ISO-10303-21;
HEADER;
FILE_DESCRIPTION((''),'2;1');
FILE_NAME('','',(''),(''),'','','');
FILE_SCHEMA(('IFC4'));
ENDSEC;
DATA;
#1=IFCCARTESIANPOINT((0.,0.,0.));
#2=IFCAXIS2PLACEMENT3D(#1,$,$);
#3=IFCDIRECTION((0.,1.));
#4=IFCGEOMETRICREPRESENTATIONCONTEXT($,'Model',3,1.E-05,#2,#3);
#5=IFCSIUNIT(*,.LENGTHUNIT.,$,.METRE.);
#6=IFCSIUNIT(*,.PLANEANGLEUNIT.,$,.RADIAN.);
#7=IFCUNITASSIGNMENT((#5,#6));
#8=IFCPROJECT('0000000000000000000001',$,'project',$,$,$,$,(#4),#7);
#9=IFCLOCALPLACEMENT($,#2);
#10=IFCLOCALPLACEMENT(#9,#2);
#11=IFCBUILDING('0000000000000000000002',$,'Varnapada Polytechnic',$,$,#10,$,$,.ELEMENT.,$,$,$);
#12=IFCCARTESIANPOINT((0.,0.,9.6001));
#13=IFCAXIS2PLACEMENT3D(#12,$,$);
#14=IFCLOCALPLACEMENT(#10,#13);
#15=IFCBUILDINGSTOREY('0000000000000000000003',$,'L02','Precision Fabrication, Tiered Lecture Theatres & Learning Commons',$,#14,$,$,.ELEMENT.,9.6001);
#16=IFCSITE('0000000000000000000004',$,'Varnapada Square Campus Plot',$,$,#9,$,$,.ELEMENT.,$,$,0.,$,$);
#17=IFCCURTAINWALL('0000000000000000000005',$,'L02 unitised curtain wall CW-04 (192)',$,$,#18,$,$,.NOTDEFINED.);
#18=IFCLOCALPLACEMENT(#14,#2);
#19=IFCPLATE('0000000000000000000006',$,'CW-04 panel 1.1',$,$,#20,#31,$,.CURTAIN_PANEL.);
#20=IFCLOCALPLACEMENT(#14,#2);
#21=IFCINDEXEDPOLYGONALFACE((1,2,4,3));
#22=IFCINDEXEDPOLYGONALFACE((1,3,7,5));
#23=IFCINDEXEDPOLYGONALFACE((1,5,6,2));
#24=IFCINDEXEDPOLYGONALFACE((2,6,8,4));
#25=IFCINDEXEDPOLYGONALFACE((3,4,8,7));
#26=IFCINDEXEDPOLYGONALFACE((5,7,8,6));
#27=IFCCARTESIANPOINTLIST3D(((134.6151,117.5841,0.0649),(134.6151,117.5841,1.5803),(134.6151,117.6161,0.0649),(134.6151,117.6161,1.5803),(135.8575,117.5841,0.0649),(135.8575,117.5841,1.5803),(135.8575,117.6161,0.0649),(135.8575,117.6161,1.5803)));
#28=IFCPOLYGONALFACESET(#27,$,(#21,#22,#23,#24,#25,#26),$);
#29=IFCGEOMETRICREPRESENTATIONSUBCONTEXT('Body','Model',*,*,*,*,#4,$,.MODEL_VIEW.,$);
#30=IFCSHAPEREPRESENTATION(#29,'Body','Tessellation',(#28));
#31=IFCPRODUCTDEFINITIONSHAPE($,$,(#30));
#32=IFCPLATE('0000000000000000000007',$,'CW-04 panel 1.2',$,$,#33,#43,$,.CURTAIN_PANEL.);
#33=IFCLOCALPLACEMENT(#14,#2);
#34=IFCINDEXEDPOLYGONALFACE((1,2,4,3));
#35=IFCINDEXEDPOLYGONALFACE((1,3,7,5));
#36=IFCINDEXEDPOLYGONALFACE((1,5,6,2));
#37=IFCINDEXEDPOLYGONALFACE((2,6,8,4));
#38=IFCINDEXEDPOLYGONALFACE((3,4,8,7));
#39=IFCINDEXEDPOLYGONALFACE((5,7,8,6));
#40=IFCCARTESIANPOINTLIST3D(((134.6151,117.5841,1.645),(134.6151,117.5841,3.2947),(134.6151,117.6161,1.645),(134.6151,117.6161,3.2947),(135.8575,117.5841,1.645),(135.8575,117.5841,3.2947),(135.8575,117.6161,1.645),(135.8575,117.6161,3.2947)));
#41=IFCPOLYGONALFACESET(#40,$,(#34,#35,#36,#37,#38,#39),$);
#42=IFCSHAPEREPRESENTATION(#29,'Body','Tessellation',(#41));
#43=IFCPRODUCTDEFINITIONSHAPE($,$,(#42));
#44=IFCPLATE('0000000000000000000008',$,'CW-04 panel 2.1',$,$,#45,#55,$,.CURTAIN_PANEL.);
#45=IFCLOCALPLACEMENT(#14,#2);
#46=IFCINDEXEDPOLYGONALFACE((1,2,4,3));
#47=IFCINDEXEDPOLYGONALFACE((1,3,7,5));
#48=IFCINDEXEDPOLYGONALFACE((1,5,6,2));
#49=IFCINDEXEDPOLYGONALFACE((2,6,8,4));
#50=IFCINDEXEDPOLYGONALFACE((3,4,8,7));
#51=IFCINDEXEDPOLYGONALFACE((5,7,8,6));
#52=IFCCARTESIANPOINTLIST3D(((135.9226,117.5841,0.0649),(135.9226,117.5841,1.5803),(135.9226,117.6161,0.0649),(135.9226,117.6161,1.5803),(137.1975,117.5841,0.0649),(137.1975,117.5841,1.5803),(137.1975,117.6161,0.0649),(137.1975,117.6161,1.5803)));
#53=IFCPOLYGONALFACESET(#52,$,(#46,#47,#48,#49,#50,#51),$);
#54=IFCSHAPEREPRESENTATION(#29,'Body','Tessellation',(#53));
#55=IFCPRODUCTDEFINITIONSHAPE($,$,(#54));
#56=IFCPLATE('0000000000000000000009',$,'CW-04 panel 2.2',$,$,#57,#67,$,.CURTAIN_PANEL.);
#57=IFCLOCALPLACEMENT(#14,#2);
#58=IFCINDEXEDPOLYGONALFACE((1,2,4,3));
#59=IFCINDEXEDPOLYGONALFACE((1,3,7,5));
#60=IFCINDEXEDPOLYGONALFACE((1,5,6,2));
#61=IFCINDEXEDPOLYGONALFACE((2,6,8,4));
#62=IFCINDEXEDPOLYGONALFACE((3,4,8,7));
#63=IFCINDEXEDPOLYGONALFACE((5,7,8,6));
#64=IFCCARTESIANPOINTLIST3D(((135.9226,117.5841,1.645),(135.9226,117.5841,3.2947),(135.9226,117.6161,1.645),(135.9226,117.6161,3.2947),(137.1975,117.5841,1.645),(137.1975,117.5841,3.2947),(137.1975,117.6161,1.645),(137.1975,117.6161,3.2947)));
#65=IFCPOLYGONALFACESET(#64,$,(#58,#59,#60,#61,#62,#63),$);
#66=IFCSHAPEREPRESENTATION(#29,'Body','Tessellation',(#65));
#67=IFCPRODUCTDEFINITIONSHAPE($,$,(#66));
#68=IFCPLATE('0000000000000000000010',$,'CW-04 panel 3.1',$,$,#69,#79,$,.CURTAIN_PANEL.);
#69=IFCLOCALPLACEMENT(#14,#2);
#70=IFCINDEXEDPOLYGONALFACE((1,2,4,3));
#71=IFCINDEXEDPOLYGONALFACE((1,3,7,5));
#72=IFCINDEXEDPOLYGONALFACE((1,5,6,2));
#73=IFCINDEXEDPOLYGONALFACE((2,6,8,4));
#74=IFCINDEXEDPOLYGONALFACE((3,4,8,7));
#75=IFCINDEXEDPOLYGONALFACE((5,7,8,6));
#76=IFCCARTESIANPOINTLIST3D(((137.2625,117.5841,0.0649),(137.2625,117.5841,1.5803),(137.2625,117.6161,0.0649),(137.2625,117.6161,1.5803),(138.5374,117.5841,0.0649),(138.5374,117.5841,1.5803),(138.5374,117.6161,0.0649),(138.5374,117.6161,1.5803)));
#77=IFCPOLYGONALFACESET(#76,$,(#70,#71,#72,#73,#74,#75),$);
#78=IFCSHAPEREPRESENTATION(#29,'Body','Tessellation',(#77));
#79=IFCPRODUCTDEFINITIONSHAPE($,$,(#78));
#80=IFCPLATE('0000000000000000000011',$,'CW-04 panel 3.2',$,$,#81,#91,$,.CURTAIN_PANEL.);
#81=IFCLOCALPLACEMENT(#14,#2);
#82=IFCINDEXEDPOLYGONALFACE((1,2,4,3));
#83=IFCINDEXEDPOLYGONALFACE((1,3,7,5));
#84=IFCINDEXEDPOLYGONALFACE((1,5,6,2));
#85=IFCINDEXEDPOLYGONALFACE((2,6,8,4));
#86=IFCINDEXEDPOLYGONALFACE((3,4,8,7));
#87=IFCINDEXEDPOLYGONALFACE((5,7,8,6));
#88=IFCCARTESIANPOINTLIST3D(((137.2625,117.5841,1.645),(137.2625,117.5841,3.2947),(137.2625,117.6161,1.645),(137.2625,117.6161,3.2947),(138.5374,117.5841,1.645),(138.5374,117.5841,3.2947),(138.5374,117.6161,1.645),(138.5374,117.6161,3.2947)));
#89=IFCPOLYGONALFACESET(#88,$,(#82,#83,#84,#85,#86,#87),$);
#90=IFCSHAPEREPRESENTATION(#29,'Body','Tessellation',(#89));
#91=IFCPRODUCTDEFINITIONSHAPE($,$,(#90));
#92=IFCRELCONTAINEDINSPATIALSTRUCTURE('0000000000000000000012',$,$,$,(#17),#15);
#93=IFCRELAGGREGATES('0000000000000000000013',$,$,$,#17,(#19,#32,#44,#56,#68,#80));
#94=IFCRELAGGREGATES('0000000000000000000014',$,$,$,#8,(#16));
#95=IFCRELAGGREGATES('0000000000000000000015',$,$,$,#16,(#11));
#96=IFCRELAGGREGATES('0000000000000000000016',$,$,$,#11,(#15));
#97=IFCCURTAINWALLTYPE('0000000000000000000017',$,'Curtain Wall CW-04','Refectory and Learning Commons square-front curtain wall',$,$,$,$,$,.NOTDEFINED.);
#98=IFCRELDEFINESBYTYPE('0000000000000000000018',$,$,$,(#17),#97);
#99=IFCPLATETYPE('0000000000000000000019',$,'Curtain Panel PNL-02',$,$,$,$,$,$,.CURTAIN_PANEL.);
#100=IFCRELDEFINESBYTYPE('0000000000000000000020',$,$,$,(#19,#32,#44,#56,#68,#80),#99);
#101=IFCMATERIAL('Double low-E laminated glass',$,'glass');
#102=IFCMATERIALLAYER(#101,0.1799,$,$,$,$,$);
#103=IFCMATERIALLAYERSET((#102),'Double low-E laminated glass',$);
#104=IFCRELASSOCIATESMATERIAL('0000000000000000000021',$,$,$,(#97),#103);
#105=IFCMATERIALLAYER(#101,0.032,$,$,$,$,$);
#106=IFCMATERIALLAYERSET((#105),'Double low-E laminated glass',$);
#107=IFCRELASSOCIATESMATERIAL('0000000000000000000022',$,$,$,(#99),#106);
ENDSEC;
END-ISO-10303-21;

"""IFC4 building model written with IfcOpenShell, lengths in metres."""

from ifc_helpers import new_model, si_unit, direction, frame, origin, origin_2d, place, context, subcontext, project, spatial, rectangle, extrude, material, layer, layer_set, type_object, element, aggregate, save


model = new_model("IFC4")

# Units and contexts
model_context = context("Model", 3, precision=1e-05, world=origin(), true_north=direction((0.0, 1.0)))
body_context = subcontext(model_context, "Body", "Model", "MODEL_VIEW")
ifc_project = project(units=[si_unit("LENGTHUNIT", "METRE"), si_unit("PLANEANGLEUNIT", "RADIAN")], contexts=[model_context])

# Site, building, storey
site_placement = place(None, origin())
site = spatial("IfcSite", under=ifc_project, at=site_placement, Name="Varnapada Square Campus Plot", CompositionType="ELEMENT", RefElevation=0.0)
building_placement = place(site_placement, origin())
building = spatial("IfcBuilding", under=site, at=building_placement, Name="Varnapada Polytechnic", CompositionType="ELEMENT")
storey_placement = place(building_placement, frame((0.0, 0.0, 9.6001)))
storey = spatial("IfcBuildingStorey", under=building, at=storey_placement, Name="L02", Description="Precision Fabrication, Tiered Lecture Theatres & Learning Commons", CompositionType="ELEMENT", Elevation=9.6001)

# Curtain wall, plates
ifc_material_1 = material(Name="Double low-E laminated glass", Category="glass")
ifc_layer_1 = layer(ifc_material_1, 0.1799)
ifc_layer_set_1 = layer_set([ifc_layer_1], Name="Double low-E laminated glass")
curtain_wall_type = type_object("IfcCurtainWallType", Name="Curtain Wall CW-04", Description="Refectory and Learning Commons square-front curtain wall", PredefinedType="NOTDEFINED", material=ifc_layer_set_1)
curtain_wall_placement = place(storey_placement, origin())
curtain_wall = element("IfcCurtainWall", 1, at=curtain_wall_placement, inside=storey, type_object=curtain_wall_type, Name="L02 unitised curtain wall CW-04 (192)", PredefinedType="NOTDEFINED")
ifc_layer_2 = layer(ifc_material_1, 0.032)
ifc_layer_set_2 = layer_set([ifc_layer_2], Name="Double low-E laminated glass")
plate_type = type_object("IfcPlateType", Name="Curtain Panel PNL-02", PredefinedType="CURTAIN_PANEL", material=ifc_layer_set_2)
plate_1_placement = place(storey_placement, frame((135.2363, 117.6001, 0.0649), z_axis=(0.0, 0.0, 1.0), x_axis=(1.0, 0.0, 0.0)))
plate_1 = element("IfcPlate", 2, at=plate_1_placement, type_object=plate_type, Name="CW-04 panel 1.1", PredefinedType="CURTAIN_PANEL", context=body_context, shape_type="SweptSolid", body=[
    extrude(rectangle(XDim=1.2424, YDim=0.032, at=origin_2d()), origin(), (0.0, 0.0, 1.0), 1.5154),
])
plate_2_placement = place(storey_placement, frame((135.2363, 117.6001, 1.645), z_axis=(0.0, 0.0, 1.0), x_axis=(1.0, 0.0, 0.0)))
plate_2 = element("IfcPlate", 3, at=plate_2_placement, type_object=plate_type, Name="CW-04 panel 1.2", PredefinedType="CURTAIN_PANEL", context=body_context, shape_type="SweptSolid", body=[
    extrude(rectangle(XDim=1.2424, YDim=0.032, at=origin_2d()), origin(), (0.0, 0.0, 1.0), 1.6497),
])
plate_3_placement = place(storey_placement, frame((136.5601, 117.6001, 0.0649), z_axis=(0.0, 0.0, 1.0), x_axis=(1.0, 0.0, 0.0)))
plate_3 = element("IfcPlate", 4, at=plate_3_placement, type_object=plate_type, Name="CW-04 panel 2.1", PredefinedType="CURTAIN_PANEL", context=body_context, shape_type="SweptSolid", body=[
    extrude(rectangle(XDim=1.2749, YDim=0.032, at=origin_2d()), origin(), (0.0, 0.0, 1.0), 1.5154),
])
plate_4_placement = place(storey_placement, frame((136.5601, 117.6001, 1.645), z_axis=(0.0, 0.0, 1.0), x_axis=(1.0, 0.0, 0.0)))
plate_4 = element("IfcPlate", 5, at=plate_4_placement, type_object=plate_type, Name="CW-04 panel 2.2", PredefinedType="CURTAIN_PANEL", context=body_context, shape_type="SweptSolid", body=[
    extrude(rectangle(XDim=1.2749, YDim=0.032, at=origin_2d()), origin(), (0.0, 0.0, 1.0), 1.6497),
])
plate_5_placement = place(storey_placement, frame((137.8999, 117.6001, 0.0649), z_axis=(0.0, 0.0, 1.0), x_axis=(1.0, 0.0, 0.0)))
plate_5 = element("IfcPlate", 6, at=plate_5_placement, type_object=plate_type, Name="CW-04 panel 3.1", PredefinedType="CURTAIN_PANEL", context=body_context, shape_type="SweptSolid", body=[
    extrude(rectangle(XDim=1.2749, YDim=0.032, at=origin_2d()), origin(), (0.0, 0.0, 1.0), 1.5154),
])
plate_6_placement = place(storey_placement, frame((137.8999, 117.6001, 1.645), z_axis=(0.0, 0.0, 1.0), x_axis=(1.0, 0.0, 0.0)))
plate_6 = element("IfcPlate", 7, at=plate_6_placement, type_object=plate_type, Name="CW-04 panel 3.2", PredefinedType="CURTAIN_PANEL", context=body_context, shape_type="SweptSolid", body=[
    extrude(rectangle(XDim=1.2749, YDim=0.032, at=origin_2d()), origin(), (0.0, 0.0, 1.0), 1.6497),
])
aggregate(curtain_wall, [plate_1, plate_2, plate_3, plate_4, plate_5, plate_6])

save(model, "model.ifc")
